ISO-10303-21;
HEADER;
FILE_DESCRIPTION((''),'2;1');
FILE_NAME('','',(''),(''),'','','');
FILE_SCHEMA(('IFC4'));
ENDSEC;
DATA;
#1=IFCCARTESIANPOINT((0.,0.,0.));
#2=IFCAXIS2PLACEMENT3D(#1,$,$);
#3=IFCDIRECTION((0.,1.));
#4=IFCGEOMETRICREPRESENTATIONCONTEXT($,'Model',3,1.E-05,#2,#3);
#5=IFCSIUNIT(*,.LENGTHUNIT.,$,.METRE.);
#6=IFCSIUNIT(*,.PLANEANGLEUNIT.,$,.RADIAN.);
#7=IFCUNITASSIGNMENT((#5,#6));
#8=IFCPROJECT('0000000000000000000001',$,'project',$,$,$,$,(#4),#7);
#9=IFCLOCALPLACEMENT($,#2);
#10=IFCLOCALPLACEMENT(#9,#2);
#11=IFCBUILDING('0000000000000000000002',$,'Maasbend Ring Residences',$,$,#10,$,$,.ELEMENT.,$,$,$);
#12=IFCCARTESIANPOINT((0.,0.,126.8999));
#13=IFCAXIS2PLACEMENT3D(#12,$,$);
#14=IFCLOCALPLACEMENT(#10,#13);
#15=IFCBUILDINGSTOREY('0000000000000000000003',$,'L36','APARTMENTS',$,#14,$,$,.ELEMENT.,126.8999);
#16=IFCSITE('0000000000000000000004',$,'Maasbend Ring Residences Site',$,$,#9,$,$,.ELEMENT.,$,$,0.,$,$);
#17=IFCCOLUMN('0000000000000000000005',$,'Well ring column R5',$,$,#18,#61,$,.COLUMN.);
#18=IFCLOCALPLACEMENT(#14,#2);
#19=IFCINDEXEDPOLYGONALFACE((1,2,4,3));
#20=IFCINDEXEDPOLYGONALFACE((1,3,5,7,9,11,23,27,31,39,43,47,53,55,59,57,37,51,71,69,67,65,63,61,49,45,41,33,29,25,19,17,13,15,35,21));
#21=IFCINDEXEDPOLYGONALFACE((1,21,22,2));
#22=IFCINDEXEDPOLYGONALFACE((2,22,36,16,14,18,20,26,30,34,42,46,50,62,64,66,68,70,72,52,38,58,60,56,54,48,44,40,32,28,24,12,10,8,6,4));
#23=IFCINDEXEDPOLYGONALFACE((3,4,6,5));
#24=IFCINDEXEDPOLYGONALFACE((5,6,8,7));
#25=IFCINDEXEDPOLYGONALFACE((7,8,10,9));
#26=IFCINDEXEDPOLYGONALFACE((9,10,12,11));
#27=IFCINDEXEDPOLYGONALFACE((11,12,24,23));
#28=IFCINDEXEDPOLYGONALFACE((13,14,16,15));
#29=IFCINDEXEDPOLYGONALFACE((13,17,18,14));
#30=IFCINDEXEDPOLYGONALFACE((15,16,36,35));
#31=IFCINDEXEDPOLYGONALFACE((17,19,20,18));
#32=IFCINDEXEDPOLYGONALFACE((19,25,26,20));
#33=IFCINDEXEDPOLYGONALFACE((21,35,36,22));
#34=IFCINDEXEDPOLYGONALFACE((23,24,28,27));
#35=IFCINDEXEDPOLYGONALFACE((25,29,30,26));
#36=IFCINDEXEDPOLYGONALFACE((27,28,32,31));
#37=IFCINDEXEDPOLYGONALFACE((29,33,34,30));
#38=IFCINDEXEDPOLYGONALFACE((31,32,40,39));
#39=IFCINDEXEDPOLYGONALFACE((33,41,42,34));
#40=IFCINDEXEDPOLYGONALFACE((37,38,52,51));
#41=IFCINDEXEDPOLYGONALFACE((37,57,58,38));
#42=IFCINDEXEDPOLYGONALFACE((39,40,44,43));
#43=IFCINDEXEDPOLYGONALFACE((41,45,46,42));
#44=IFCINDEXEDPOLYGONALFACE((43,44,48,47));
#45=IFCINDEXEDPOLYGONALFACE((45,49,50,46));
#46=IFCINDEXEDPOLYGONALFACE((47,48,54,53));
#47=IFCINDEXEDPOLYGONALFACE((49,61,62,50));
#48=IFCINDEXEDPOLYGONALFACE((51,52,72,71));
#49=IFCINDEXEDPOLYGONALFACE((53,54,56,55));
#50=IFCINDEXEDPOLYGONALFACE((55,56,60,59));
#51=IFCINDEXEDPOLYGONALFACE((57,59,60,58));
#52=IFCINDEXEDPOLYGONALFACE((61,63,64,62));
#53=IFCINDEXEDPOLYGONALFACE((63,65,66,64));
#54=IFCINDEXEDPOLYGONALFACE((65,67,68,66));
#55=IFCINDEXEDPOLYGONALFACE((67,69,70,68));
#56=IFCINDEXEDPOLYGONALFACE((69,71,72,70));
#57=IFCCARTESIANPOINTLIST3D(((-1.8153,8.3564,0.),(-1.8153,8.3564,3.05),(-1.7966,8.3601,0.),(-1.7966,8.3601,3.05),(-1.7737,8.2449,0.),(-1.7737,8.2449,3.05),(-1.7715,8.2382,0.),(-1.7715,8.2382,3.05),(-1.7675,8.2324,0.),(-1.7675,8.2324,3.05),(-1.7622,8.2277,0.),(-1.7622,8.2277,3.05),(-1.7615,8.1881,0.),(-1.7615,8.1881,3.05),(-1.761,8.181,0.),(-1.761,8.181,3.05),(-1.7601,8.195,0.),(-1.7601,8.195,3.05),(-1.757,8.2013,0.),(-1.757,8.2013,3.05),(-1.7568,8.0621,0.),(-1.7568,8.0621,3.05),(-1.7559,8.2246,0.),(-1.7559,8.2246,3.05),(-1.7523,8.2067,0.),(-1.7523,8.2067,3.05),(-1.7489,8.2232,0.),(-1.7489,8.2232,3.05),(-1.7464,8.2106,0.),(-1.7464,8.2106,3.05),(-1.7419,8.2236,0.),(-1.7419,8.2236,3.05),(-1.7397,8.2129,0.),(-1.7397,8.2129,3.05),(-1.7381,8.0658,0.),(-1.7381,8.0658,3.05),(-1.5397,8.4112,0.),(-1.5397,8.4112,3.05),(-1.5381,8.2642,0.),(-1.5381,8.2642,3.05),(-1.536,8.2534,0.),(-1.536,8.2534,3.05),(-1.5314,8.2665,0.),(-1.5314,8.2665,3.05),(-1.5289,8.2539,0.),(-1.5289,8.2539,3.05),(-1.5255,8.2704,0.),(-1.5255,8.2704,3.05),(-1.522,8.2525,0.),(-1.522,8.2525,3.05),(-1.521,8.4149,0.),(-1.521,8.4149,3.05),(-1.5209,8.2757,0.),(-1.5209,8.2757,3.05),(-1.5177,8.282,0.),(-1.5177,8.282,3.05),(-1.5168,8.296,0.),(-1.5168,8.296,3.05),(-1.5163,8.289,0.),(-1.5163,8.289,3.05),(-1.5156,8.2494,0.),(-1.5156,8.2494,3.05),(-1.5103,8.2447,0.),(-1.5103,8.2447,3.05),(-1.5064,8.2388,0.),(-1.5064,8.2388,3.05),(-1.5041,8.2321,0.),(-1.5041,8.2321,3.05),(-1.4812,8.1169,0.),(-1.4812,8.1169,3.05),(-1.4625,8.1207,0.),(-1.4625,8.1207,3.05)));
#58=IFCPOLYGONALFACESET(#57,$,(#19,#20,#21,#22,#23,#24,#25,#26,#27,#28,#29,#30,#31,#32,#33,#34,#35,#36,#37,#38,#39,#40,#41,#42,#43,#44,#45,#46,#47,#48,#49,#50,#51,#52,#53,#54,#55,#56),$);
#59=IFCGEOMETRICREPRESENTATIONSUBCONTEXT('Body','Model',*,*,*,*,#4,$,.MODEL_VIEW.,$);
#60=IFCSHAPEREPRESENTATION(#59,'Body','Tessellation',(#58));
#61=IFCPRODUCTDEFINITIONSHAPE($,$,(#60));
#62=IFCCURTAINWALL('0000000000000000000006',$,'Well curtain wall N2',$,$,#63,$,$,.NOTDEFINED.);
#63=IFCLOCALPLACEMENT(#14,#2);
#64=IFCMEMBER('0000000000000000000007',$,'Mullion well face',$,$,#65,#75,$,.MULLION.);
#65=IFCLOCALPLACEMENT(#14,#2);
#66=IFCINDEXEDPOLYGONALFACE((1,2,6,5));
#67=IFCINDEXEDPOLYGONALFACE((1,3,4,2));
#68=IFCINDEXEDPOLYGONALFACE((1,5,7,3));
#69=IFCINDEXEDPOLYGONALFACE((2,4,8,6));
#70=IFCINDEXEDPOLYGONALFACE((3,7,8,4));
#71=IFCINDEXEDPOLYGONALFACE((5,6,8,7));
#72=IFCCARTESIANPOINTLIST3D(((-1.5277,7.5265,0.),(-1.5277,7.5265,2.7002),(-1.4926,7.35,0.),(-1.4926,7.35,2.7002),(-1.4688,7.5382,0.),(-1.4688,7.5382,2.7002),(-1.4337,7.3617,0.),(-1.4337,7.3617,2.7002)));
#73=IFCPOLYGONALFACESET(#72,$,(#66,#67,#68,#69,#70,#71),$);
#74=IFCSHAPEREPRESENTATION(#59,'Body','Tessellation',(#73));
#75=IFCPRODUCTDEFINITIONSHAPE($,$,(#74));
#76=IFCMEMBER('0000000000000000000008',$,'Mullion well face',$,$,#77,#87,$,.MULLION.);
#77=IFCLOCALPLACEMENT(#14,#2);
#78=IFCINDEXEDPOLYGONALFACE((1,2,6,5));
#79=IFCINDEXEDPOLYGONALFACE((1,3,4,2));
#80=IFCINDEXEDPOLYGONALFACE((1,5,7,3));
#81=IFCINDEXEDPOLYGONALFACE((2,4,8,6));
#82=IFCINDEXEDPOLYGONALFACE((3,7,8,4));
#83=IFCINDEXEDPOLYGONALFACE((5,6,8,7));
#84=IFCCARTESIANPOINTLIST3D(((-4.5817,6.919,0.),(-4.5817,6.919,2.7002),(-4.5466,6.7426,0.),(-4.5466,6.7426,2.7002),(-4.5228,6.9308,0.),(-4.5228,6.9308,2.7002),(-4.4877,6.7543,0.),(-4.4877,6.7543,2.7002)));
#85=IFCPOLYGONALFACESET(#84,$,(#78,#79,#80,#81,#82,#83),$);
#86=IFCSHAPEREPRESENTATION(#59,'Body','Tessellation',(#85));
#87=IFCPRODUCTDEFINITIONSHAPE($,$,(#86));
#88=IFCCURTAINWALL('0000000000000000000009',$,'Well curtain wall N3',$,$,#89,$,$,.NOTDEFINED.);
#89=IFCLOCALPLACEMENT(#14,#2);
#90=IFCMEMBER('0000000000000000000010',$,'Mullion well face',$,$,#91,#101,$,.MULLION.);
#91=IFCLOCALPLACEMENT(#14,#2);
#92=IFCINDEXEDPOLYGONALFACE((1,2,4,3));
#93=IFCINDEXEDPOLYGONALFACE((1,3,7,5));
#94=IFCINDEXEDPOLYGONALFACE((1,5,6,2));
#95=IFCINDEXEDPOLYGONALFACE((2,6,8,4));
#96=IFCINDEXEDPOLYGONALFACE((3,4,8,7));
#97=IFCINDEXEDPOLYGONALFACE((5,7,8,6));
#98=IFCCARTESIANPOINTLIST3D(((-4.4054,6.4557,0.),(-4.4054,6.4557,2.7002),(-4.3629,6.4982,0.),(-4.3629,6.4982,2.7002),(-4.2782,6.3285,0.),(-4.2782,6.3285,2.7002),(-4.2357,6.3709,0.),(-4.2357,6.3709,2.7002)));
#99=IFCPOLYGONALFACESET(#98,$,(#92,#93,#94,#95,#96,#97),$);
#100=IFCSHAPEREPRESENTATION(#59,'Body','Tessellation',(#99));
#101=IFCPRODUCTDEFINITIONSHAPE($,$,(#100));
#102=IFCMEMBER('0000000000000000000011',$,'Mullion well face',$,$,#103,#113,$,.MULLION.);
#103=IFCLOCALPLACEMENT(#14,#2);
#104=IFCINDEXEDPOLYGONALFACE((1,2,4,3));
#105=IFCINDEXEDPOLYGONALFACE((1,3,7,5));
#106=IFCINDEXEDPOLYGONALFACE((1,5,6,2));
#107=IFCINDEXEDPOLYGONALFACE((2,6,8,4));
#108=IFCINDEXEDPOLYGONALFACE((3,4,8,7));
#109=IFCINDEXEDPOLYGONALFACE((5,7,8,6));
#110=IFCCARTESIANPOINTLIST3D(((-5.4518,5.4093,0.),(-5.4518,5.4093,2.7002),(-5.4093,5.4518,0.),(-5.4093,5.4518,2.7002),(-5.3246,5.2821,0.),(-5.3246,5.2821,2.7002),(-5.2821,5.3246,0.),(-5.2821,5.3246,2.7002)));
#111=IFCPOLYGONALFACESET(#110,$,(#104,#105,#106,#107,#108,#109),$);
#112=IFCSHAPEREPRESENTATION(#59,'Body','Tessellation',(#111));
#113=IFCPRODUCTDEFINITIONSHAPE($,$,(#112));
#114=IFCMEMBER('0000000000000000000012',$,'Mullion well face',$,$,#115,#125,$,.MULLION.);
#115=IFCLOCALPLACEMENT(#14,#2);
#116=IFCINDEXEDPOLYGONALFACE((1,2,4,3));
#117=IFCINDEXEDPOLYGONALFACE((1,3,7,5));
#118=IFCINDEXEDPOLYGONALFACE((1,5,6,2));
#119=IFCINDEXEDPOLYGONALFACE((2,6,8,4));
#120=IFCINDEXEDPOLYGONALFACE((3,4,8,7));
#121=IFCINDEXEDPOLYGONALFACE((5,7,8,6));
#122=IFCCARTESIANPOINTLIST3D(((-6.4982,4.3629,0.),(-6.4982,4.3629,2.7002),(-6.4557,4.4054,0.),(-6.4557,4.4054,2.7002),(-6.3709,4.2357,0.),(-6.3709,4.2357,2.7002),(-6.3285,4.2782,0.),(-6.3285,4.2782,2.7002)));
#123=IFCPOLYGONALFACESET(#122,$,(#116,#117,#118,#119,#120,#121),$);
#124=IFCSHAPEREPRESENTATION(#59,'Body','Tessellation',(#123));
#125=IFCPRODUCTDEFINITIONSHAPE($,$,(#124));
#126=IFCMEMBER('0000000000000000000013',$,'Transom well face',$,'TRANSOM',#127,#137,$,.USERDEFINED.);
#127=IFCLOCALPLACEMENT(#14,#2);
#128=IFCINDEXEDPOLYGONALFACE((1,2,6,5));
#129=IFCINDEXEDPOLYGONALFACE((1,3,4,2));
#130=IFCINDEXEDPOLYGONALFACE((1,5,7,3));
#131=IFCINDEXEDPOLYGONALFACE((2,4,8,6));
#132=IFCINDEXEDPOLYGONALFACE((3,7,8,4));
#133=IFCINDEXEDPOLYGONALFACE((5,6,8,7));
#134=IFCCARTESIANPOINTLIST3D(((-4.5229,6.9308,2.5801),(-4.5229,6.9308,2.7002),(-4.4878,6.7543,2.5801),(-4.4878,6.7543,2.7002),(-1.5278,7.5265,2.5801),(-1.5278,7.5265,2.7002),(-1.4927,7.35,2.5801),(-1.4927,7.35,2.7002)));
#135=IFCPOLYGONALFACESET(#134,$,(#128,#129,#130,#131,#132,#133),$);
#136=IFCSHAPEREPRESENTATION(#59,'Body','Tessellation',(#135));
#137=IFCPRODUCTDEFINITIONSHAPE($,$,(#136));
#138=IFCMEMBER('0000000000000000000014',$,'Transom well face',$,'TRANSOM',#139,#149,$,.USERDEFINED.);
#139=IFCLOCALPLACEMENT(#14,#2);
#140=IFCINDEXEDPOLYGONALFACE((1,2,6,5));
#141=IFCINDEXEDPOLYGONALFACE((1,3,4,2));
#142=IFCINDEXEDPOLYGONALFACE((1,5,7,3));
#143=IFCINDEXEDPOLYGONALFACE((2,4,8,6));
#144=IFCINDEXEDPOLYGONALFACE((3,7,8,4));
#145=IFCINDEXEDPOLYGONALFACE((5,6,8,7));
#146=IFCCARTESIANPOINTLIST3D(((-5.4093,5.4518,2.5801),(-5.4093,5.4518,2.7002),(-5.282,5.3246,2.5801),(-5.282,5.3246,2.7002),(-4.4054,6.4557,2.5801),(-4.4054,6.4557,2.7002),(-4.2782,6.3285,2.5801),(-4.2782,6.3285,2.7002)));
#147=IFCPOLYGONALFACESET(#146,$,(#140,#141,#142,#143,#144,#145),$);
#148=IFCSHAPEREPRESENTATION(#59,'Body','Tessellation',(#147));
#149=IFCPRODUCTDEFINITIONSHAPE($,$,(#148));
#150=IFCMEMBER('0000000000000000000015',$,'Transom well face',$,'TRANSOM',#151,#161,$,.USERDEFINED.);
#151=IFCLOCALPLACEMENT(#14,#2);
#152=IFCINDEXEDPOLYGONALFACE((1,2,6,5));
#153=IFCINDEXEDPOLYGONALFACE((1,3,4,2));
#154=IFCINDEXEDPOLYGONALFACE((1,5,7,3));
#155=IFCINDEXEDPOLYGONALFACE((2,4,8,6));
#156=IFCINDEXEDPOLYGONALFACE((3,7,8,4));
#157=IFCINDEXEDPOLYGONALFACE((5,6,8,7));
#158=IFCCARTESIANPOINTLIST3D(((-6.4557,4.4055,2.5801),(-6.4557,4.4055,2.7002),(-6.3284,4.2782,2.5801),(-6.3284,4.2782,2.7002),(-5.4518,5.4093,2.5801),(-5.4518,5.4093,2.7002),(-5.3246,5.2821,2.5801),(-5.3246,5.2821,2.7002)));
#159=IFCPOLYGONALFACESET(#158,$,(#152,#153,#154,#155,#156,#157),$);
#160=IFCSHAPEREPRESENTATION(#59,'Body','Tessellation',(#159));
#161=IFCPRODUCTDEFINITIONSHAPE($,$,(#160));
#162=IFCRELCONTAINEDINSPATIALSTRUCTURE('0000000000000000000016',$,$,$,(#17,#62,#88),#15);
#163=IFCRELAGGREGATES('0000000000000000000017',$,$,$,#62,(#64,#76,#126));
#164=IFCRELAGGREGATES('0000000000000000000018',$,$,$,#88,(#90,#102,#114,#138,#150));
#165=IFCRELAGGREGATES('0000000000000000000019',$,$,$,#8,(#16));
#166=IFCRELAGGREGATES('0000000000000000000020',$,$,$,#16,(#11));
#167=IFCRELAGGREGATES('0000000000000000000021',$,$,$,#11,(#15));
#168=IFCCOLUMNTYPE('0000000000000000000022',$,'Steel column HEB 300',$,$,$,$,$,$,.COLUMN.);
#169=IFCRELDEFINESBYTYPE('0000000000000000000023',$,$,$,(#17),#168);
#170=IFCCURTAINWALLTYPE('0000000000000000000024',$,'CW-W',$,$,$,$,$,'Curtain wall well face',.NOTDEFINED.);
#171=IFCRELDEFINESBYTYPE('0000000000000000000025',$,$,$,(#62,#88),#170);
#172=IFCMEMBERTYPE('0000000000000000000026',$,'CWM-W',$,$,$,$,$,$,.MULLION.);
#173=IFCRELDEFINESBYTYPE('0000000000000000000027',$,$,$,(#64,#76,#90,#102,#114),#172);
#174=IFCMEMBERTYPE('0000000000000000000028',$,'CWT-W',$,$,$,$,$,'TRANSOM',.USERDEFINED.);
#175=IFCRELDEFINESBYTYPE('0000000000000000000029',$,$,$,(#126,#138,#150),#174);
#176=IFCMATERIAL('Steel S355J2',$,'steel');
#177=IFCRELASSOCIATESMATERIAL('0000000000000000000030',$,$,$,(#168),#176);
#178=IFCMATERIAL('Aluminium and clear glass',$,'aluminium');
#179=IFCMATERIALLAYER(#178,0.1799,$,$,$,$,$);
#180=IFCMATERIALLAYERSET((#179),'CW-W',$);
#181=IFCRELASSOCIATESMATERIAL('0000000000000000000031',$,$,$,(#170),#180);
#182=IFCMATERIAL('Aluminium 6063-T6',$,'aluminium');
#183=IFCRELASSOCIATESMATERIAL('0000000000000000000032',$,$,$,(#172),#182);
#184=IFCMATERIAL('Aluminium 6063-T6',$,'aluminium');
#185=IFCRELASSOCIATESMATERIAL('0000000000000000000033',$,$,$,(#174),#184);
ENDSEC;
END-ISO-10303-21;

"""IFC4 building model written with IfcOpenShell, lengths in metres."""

from ifc_helpers import new_model, si_unit, direction, frame, origin, origin_2d, place, context, subcontext, project, spatial, rectangle, i_section, extrude, material, layer, layer_set, material_profile, profile_set, type_object, element, aggregate, save


model = new_model("IFC4")

# Units and contexts
model_context = context("Model", 3, precision=1e-05, world=origin(), true_north=direction((0.0, 1.0)))
body_context = subcontext(model_context, "Body", "Model", "MODEL_VIEW")
ifc_project = project(units=[si_unit("LENGTHUNIT", "METRE"), si_unit("PLANEANGLEUNIT", "RADIAN")], contexts=[model_context])

# Site, building, storey
site_placement = place(None, origin())
site = spatial("IfcSite", under=ifc_project, at=site_placement, Name="Maasbend Ring Residences Site", CompositionType="ELEMENT", RefElevation=0.0)
building_placement = place(site_placement, origin())
building = spatial("IfcBuilding", under=site, at=building_placement, Name="Maasbend Ring Residences", CompositionType="ELEMENT")
storey_placement = place(building_placement, frame((0.0, 0.0, 126.8999)))
storey = spatial("IfcBuildingStorey", under=building, at=storey_placement, Name="L36", Description="APARTMENTS", CompositionType="ELEMENT", Elevation=126.8999)

# Column
ifc_material_1 = material(Name="Steel S355J2", Category="steel")
ifc_material_profile_1 = material_profile(ifc_material_1, i_section(OverallWidth=0.3, OverallDepth=0.3, WebThickness=0.011, FlangeThickness=0.019, FilletRadius=0.0271, at=origin_2d()), Name="HEB 300")
ifc_profile_set_1 = profile_set([ifc_material_profile_1], Name="Steel S355J2")
column_type = type_object("IfcColumnType", Name="Steel column HEB 300", PredefinedType="COLUMN", material=ifc_profile_set_1)
column_placement = place(storey_placement, frame((-1.6389, 8.2385, 0.0), z_axis=(0.0, 0.0, 1.0), x_axis=(-0.19509, 0.980785, 0.0)))
element("IfcColumn", 1, at=column_placement, inside=storey, type_object=column_type, Name="Well ring column R5", PredefinedType="COLUMN", context=body_context, shape_type="SweptSolid", body=[
    extrude(i_section(OverallWidth=0.3, OverallDepth=0.3, WebThickness=0.011, FlangeThickness=0.019, FilletRadius=0.0271, at=origin_2d()), origin(), (0.0, 0.0, 1.0), 3.05),
])

# Curtain walls, members
ifc_material_2 = material(Name="Aluminium and clear glass", Category="aluminium")
ifc_layer_1 = layer(ifc_material_2, 0.1799)
ifc_layer_set_1 = layer_set([ifc_layer_1], Name="CW-W")
curtain_wall_type = type_object("IfcCurtainWallType", Name="CW-W", ElementType="Curtain wall well face", PredefinedType="NOTDEFINED", material=ifc_layer_set_1)
curtain_wall_1_placement = place(storey_placement, origin())
curtain_wall_1 = element("IfcCurtainWall", 2, at=curtain_wall_1_placement, inside=storey, type_object=curtain_wall_type, Name="Well curtain wall N2", PredefinedType="NOTDEFINED")
ifc_material_3 = material(Name="Aluminium 6063-T6", Category="aluminium")
ifc_material_profile_2 = material_profile(ifc_material_3, rectangle(XDim=0.1799, YDim=0.0601, at=origin_2d()), Name="AL 180x60")
ifc_profile_set_2 = profile_set([ifc_material_profile_2], Name="Aluminium 6063-T6")
member_type_1 = type_object("IfcMemberType", Name="CWM-W", PredefinedType="MULLION", material=ifc_profile_set_2)
member_1_placement = place(storey_placement, frame((-1.4807, 7.4441, 0.0), z_axis=(0.0, 0.0, 1.0), x_axis=(0.19509, -0.980785, 0.0)))
member_1 = element("IfcMember", 3, at=member_1_placement, type_object=member_type_1, Name="Mullion well face", PredefinedType="MULLION", context=body_context, shape_type="SweptSolid", body=[
    extrude(rectangle(XDim=0.1799, YDim=0.0601, at=origin_2d()), origin(), (0.0, 0.0, 1.0), 2.7002),
])
member_2_placement = place(storey_placement, frame((-4.5347, 6.8367, 0.0), z_axis=(0.0, 0.0, 1.0), x_axis=(0.19509, -0.980785, 0.0)))
member_2 = element("IfcMember", 4, at=member_2_placement, type_object=member_type_1, Name="Mullion well face", PredefinedType="MULLION", context=body_context, shape_type="SweptSolid", body=[
    extrude(rectangle(XDim=0.1799, YDim=0.0601, at=origin_2d()), origin(), (0.0, 0.0, 1.0), 2.7002),
])
curtain_wall_2_placement = place(storey_placement, origin())
curtain_wall_2 = element("IfcCurtainWall", 5, at=curtain_wall_2_placement, inside=storey, type_object=curtain_wall_type, Name="Well curtain wall N3", PredefinedType="NOTDEFINED")
member_3_placement = place(storey_placement, frame((-4.3206, 6.4133, 0.0), z_axis=(0.0, 0.0, 1.0), x_axis=(0.707107, -0.707107, 0.0)))
member_3 = element("IfcMember", 6, at=member_3_placement, type_object=member_type_1, Name="Mullion well face", PredefinedType="MULLION", context=body_context, shape_type="SweptSolid", body=[
    extrude(rectangle(XDim=0.1799, YDim=0.0601, at=origin_2d()), origin(), (0.0, 0.0, 1.0), 2.7002),
])
member_4_placement = place(storey_placement, frame((-5.3669, 5.3669, 0.0), z_axis=(0.0, 0.0, 1.0), x_axis=(0.707107, -0.707107, 0.0)))
member_4 = element("IfcMember", 7, at=member_4_placement, type_object=member_type_1, Name="Mullion well face", PredefinedType="MULLION", context=body_context, shape_type="SweptSolid", body=[
    extrude(rectangle(XDim=0.1799, YDim=0.0601, at=origin_2d()), origin(), (0.0, 0.0, 1.0), 2.7002),
])
member_5_placement = place(storey_placement, frame((-6.4133, 4.3206, 0.0), z_axis=(0.0, 0.0, 1.0), x_axis=(0.707107, -0.707107, 0.0)))
member_5 = element("IfcMember", 8, at=member_5_placement, type_object=member_type_1, Name="Mullion well face", PredefinedType="MULLION", context=body_context, shape_type="SweptSolid", body=[
    extrude(rectangle(XDim=0.1799, YDim=0.0601, at=origin_2d()), origin(), (0.0, 0.0, 1.0), 2.7002),
])

# Members
ifc_material_4 = material(Name="Aluminium 6063-T6", Category="aluminium")
ifc_material_profile_3 = material_profile(ifc_material_4, rectangle(XDim=0.1799, YDim=0.1201, at=origin_2d()), Name="AL 180x120")
ifc_profile_set_3 = profile_set([ifc_material_profile_3], Name="Aluminium 6063-T6")
member_type_2 = type_object("IfcMemberType", Name="CWT-W", ElementType="TRANSOM", PredefinedType="USERDEFINED", material=ifc_profile_set_3)
member_6_placement = place(storey_placement, frame((-1.5103, 7.4382, 2.6401), z_axis=(-0.980789, -0.195071, 0.0), x_axis=(0.195071, -0.980789, 0.0)))
member_6 = element("IfcMember", 9, at=member_6_placement, type_object=member_type_2, Name="Transom well face", ObjectType="TRANSOM", PredefinedType="USERDEFINED", context=body_context, shape_type="SweptSolid", body=[
    extrude(rectangle(XDim=0.1799, YDim=0.1201, at=origin_2d()), origin(), (0.0, 0.0, 1.0), 3.0537),
])
member_7_placement = place(storey_placement, frame((-4.3418, 6.3921, 2.6401), z_axis=(-0.707107, -0.707107, 0.0), x_axis=(0.707107, -0.707107, 0.0)))
member_7 = element("IfcMember", 10, at=member_7_placement, type_object=member_type_2, Name="Transom well face", ObjectType="TRANSOM", PredefinedType="USERDEFINED", context=body_context, shape_type="SweptSolid", body=[
    extrude(rectangle(XDim=0.1799, YDim=0.1201, at=origin_2d()), origin(), (0.0, 0.0, 1.0), 1.4197),
])
member_8_placement = place(storey_placement, frame((-5.3882, 5.3457, 2.6401), z_axis=(-0.707107, -0.707107, 0.0), x_axis=(0.707107, -0.707107, 0.0)))
member_8 = element("IfcMember", 11, at=member_8_placement, type_object=member_type_2, Name="Transom well face", ObjectType="TRANSOM", PredefinedType="USERDEFINED", context=body_context, shape_type="SweptSolid", body=[
    extrude(rectangle(XDim=0.1799, YDim=0.1201, at=origin_2d()), origin(), (0.0, 0.0, 1.0), 1.4197),
])

aggregate(curtain_wall_1, [member_1, member_2, member_6])
aggregate(curtain_wall_2, [member_3, member_4, member_5, member_7, member_8])

save(model, "model.ifc")
